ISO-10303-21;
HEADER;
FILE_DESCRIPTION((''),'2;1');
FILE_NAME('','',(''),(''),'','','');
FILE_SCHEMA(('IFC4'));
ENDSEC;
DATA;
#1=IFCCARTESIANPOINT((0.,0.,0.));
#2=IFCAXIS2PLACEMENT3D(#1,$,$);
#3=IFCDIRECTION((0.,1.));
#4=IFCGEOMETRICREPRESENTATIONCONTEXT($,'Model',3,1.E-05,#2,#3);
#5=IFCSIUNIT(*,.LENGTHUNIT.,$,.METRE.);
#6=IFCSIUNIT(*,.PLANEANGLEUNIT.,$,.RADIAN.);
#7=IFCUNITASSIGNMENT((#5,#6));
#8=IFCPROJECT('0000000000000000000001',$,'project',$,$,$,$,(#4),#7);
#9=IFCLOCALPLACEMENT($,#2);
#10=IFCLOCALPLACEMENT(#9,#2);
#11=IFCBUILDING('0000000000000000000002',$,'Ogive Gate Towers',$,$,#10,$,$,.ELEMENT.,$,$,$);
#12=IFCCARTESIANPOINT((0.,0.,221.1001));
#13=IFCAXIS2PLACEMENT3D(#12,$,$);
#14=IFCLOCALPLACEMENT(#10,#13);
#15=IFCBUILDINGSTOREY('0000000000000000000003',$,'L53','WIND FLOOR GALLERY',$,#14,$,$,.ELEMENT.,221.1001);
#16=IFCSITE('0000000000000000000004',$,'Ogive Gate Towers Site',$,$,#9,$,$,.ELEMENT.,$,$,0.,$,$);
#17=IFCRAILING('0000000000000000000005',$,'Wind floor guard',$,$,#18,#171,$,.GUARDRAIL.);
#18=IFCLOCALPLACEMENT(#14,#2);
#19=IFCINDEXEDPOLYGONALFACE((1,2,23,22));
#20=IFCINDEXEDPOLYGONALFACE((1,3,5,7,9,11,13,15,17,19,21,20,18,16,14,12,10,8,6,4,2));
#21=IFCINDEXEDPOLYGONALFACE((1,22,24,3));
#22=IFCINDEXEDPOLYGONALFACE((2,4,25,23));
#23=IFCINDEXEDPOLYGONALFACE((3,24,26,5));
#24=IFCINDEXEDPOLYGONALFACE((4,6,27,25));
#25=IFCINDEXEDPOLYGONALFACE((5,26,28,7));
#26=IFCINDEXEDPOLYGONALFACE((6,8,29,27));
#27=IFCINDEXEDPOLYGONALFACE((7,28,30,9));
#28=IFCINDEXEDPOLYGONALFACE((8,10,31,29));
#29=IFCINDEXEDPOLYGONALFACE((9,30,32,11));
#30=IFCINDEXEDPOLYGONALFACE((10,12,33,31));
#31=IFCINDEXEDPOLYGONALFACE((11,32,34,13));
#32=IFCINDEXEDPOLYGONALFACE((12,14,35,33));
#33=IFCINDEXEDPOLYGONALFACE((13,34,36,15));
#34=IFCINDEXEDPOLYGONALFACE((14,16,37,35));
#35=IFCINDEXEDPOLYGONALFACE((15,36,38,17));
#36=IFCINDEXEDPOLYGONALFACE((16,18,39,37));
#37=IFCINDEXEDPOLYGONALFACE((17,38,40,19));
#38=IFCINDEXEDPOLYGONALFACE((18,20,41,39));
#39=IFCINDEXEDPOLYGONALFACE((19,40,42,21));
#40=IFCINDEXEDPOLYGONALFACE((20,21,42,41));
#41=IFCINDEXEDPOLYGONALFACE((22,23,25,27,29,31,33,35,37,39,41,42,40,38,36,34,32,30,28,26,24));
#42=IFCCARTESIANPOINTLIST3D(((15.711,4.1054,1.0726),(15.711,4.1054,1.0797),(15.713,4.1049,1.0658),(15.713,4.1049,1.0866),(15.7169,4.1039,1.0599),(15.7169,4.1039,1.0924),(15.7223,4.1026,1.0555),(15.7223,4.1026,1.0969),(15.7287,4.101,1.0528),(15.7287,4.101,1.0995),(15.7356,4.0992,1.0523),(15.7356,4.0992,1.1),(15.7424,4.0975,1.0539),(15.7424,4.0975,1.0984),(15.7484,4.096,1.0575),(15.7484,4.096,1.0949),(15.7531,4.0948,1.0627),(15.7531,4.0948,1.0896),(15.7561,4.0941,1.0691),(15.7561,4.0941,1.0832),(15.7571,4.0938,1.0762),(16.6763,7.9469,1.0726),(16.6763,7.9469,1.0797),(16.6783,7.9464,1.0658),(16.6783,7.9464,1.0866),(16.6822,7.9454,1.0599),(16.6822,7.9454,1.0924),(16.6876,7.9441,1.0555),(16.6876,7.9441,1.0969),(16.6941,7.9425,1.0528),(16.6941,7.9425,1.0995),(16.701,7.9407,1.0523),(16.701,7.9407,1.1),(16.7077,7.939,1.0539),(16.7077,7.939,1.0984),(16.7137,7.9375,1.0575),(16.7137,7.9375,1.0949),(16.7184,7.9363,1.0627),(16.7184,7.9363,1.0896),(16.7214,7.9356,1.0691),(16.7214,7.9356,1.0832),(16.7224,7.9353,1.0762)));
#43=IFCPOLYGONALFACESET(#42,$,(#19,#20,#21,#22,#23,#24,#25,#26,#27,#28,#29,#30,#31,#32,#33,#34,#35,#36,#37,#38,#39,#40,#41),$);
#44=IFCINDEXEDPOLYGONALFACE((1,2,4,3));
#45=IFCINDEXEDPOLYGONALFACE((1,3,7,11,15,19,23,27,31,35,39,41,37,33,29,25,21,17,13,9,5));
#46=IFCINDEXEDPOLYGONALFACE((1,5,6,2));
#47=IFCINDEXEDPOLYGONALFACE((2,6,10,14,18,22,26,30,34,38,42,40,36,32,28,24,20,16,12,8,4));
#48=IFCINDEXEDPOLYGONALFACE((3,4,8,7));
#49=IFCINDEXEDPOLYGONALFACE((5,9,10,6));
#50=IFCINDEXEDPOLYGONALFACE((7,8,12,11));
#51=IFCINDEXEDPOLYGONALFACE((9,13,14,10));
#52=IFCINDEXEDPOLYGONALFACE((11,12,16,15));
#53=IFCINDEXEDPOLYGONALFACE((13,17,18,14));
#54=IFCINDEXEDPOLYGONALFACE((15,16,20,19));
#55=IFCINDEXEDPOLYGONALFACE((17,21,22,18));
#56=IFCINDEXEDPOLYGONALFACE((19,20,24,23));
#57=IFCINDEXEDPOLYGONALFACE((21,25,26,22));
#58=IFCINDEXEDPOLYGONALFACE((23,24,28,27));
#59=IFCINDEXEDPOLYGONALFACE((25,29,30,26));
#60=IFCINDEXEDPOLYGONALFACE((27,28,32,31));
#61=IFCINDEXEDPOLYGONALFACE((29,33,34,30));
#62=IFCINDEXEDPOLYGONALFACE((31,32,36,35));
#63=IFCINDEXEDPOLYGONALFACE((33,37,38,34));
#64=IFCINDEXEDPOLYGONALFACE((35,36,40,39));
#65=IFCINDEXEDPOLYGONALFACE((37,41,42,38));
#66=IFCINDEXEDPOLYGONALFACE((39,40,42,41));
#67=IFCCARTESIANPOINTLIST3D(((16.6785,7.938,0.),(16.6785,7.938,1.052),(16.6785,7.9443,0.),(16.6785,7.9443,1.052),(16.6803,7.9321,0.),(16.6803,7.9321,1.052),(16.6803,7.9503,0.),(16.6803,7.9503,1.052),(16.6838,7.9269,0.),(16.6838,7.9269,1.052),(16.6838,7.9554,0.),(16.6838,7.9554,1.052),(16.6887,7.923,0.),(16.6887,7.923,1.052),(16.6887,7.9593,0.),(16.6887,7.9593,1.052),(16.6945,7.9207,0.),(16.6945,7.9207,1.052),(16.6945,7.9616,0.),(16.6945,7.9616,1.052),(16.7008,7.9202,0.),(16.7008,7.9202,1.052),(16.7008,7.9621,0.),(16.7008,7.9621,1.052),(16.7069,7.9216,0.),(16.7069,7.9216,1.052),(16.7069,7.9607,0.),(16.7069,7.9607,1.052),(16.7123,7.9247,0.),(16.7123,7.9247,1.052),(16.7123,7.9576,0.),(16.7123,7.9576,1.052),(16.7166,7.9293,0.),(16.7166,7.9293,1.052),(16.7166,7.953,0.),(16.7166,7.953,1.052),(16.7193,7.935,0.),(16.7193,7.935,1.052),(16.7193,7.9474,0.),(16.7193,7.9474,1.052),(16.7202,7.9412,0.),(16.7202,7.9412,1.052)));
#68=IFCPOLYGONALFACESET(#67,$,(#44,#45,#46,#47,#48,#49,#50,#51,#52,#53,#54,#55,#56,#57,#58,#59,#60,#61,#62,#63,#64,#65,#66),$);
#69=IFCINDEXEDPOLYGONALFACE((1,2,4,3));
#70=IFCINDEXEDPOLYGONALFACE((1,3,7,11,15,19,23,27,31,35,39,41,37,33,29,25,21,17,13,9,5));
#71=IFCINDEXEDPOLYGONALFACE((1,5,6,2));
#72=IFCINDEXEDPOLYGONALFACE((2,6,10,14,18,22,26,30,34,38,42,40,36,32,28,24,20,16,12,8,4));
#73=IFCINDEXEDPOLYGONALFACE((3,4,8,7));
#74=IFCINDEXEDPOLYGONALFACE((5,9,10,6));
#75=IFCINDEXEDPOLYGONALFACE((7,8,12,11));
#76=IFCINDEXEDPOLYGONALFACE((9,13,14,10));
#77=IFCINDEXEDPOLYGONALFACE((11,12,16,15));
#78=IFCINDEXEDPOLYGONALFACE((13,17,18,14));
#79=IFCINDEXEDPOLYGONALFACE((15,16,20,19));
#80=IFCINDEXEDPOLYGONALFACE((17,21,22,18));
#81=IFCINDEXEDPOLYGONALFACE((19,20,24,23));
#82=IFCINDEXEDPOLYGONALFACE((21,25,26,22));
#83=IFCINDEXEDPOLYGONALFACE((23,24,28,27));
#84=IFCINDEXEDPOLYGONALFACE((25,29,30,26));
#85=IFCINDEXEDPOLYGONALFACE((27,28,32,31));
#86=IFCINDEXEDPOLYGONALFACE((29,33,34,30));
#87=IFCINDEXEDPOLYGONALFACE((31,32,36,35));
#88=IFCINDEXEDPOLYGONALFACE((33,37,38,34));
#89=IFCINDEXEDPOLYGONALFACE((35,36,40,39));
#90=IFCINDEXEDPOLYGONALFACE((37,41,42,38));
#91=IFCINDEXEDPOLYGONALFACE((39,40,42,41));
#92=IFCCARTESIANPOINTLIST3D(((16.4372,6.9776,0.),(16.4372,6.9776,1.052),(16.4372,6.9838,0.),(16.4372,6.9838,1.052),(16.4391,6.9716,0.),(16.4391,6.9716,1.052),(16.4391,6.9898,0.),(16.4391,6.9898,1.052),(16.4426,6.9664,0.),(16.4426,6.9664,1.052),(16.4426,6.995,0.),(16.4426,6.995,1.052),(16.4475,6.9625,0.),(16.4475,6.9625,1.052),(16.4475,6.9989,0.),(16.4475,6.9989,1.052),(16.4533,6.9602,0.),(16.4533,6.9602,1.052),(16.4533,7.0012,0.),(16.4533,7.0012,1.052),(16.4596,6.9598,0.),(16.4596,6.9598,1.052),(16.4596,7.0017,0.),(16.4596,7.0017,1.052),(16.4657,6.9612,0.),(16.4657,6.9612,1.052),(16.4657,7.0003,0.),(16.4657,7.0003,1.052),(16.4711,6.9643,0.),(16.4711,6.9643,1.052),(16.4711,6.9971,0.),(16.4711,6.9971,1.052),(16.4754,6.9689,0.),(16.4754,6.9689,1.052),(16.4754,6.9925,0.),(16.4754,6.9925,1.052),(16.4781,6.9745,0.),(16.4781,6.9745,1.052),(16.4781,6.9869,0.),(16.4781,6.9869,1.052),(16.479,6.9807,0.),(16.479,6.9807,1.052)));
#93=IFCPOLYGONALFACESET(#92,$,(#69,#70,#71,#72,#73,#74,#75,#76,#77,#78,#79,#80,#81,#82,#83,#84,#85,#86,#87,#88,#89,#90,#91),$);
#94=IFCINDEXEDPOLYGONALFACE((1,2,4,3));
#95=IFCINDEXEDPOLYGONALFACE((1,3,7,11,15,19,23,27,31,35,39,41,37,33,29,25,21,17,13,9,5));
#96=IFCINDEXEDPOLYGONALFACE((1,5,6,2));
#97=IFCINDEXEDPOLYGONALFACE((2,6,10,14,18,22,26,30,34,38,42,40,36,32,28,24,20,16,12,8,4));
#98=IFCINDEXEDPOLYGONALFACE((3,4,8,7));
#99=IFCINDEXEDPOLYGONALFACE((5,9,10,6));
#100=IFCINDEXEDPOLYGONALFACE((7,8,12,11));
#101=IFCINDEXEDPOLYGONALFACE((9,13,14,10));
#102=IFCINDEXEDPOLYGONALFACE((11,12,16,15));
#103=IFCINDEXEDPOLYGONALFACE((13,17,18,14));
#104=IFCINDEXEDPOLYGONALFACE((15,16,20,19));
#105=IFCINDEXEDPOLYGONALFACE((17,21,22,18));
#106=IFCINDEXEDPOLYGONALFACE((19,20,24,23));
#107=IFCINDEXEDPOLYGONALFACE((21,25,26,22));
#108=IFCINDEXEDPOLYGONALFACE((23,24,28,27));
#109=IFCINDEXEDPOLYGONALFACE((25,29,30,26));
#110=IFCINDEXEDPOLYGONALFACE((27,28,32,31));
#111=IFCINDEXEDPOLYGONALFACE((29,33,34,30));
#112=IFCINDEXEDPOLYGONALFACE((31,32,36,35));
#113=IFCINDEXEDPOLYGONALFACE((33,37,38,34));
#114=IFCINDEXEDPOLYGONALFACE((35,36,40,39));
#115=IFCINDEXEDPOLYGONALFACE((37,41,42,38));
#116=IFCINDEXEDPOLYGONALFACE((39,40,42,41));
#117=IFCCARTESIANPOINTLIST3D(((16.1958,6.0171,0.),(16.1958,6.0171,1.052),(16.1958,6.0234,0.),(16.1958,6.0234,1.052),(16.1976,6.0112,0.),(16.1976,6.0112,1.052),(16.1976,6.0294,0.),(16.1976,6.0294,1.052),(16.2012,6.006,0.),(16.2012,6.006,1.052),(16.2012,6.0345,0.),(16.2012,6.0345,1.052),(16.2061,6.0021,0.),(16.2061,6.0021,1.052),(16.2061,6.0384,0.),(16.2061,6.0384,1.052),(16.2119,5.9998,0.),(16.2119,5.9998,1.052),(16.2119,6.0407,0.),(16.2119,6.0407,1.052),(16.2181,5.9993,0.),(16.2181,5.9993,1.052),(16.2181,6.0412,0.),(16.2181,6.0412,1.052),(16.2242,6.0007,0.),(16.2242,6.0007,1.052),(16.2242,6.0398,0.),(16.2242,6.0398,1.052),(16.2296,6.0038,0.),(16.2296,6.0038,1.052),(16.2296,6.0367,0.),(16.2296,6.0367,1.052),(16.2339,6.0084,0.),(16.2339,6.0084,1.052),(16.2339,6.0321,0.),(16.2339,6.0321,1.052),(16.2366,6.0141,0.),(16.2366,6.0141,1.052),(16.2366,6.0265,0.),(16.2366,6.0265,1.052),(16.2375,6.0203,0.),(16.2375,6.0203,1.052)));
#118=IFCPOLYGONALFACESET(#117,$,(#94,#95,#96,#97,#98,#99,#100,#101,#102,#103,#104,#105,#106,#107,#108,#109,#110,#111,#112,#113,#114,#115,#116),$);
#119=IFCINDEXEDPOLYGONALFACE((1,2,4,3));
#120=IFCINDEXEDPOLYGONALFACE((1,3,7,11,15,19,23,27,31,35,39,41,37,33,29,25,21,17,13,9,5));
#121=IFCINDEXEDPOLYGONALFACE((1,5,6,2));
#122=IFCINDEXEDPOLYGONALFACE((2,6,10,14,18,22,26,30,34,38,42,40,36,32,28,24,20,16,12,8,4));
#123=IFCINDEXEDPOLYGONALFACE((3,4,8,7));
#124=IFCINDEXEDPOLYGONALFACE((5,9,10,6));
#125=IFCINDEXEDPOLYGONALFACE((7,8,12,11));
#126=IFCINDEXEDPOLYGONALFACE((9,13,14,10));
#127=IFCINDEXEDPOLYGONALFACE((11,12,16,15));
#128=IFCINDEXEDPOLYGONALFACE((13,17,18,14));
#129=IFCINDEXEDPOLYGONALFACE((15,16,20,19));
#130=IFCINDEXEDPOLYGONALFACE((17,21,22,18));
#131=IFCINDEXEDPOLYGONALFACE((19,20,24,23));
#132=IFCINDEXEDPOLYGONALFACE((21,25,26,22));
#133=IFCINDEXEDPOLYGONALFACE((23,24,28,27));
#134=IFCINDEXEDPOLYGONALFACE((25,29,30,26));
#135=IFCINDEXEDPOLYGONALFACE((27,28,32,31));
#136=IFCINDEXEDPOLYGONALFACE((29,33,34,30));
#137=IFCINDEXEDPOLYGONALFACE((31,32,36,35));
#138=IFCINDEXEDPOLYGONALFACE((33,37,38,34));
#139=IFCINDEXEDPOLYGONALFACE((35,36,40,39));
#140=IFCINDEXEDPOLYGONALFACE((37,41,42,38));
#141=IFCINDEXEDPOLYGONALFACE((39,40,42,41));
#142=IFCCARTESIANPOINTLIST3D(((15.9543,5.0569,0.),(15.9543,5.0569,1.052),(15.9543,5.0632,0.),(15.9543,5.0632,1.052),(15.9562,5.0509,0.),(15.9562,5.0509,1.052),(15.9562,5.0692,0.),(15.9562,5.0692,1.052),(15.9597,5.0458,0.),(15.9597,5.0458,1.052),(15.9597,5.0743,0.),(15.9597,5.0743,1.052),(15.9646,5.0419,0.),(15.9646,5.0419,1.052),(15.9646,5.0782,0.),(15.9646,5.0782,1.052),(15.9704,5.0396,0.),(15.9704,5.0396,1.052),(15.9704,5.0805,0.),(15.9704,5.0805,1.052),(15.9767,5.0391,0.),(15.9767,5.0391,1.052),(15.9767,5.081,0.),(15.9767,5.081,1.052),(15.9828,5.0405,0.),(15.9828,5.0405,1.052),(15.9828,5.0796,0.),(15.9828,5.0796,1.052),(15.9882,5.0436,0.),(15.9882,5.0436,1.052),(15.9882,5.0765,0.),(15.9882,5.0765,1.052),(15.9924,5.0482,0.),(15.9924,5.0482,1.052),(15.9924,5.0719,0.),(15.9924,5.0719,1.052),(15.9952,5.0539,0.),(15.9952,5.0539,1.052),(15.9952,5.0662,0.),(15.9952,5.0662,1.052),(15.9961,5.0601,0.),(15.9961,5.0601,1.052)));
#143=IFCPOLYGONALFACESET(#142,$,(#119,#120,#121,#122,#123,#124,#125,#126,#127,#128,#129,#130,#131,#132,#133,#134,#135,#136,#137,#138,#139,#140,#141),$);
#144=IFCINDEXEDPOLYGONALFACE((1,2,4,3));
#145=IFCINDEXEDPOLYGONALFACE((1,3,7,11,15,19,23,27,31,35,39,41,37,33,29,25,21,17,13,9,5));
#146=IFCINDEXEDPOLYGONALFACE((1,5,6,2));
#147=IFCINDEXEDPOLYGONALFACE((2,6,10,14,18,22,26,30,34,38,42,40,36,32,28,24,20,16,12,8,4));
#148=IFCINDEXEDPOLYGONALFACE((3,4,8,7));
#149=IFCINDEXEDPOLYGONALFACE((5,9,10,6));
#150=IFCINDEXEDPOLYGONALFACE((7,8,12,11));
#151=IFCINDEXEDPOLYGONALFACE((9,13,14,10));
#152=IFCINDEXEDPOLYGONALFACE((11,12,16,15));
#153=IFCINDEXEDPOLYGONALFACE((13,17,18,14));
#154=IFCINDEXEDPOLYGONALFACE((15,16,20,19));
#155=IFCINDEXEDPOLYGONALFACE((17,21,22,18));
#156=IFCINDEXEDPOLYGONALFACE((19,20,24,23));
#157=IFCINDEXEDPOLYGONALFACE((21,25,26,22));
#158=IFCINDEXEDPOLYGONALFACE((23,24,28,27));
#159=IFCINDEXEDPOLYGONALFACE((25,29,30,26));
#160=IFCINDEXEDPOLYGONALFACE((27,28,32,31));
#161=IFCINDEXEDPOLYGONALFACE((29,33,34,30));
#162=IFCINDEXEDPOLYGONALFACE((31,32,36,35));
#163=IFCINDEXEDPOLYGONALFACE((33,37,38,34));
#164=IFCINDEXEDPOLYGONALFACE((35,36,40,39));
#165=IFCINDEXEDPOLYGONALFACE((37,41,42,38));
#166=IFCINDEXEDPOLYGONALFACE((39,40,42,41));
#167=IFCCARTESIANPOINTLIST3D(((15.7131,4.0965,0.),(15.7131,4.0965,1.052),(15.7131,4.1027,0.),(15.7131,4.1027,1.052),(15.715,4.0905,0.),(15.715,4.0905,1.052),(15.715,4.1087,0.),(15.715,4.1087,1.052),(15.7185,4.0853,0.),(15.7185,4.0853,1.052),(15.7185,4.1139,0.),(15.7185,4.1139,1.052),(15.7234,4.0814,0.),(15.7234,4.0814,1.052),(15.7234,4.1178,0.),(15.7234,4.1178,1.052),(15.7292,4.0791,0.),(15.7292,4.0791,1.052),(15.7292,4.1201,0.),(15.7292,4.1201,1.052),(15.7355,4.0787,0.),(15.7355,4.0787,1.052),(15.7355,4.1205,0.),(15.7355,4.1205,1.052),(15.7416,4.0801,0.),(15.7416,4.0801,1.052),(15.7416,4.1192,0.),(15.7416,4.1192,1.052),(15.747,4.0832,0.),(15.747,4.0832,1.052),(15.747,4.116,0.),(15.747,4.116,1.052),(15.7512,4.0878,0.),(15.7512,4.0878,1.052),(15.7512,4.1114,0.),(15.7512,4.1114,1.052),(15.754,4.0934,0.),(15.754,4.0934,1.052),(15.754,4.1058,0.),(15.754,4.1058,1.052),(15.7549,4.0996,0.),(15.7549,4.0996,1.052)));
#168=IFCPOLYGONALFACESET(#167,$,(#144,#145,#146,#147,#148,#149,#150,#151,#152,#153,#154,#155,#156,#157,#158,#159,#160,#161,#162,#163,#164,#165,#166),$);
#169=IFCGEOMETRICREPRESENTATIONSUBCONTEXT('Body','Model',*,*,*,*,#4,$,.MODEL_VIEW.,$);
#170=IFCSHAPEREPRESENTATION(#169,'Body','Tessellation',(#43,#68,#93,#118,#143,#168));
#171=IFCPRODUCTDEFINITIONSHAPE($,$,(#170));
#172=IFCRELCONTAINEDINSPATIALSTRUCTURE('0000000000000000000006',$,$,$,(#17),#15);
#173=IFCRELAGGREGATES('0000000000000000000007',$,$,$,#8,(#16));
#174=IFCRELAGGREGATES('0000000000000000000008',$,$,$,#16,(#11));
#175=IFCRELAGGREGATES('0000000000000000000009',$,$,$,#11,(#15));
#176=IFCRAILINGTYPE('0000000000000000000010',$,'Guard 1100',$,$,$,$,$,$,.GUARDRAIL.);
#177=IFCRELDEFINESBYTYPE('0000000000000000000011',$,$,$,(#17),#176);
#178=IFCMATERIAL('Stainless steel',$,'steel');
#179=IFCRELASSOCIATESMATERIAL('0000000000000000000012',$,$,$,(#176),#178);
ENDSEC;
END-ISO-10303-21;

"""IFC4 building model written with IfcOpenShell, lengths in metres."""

from ifc_helpers import new_model, si_unit, direction, frame, origin, origin_2d, place, context, subcontext, project, spatial, circle, extrude, material, type_object, element, save


model = new_model("IFC4")

# Units and contexts
model_context = context("Model", 3, precision=1e-05, world=origin(), true_north=direction((0.0, 1.0)))
body_context = subcontext(model_context, "Body", "Model", "MODEL_VIEW")
ifc_project = project(units=[si_unit("LENGTHUNIT", "METRE"), si_unit("PLANEANGLEUNIT", "RADIAN")], contexts=[model_context])

# Site, building, storey
site_placement = place(None, origin())
site = spatial("IfcSite", under=ifc_project, at=site_placement, Name="Ogive Gate Towers Site", CompositionType="ELEMENT", RefElevation=0.0)
building_placement = place(site_placement, origin())
building = spatial("IfcBuilding", under=site, at=building_placement, Name="Ogive Gate Towers", CompositionType="ELEMENT")
storey_placement = place(building_placement, frame((0.0, 0.0, 221.1001)))
storey = spatial("IfcBuildingStorey", under=building, at=storey_placement, Name="L53", Description="WIND FLOOR GALLERY", CompositionType="ELEMENT", Elevation=221.1001)

# Railing
ifc_material_1 = material(Name="Stainless steel", Category="steel")
railing_type = type_object("IfcRailingType", Name="Guard 1100", PredefinedType="GUARDRAIL", material=ifc_material_1)
railing_1_placement = place(storey_placement, frame((16.6992, 7.9412, 0.0)))
element("IfcRailing", 1, at=railing_1_placement, inside=storey, type_object=railing_type, Name="Wind floor guard", PredefinedType="GUARDRAIL", context=body_context, shape_type="SweptSolid", body=[
    extrude(circle(Radius=0.0239, at=origin_2d()), frame((0.0, 0.0, 1.0762), z_axis=(-0.24371, -0.969848, 0.0), x_axis=(0.969848, -0.24371, 0.0)), (0.0, 0.0, 1.0), 3.9609),
    extrude(circle(Radius=0.021, at=origin_2d()), origin(), (0.0, 0.0, 1.0), 1.052),
    extrude(circle(Radius=0.021, at=origin_2d()), frame((-0.2412, -0.9604, 0.0)), (0.0, 0.0, 1.0), 1.052),
    extrude(circle(Radius=0.021, at=origin_2d()), frame((-0.4827, -1.9209, 0.0)), (0.0, 0.0, 1.0), 1.052),
    extrude(circle(Radius=0.021, at=origin_2d()), frame((-0.7241, -2.8811, 0.0)), (0.0, 0.0, 1.0), 1.052),
    extrude(circle(Radius=0.021, at=origin_2d()), frame((-0.9653, -3.8416, 0.0)), (0.0, 0.0, 1.0), 1.052),
])

save(model, "model.ifc")
